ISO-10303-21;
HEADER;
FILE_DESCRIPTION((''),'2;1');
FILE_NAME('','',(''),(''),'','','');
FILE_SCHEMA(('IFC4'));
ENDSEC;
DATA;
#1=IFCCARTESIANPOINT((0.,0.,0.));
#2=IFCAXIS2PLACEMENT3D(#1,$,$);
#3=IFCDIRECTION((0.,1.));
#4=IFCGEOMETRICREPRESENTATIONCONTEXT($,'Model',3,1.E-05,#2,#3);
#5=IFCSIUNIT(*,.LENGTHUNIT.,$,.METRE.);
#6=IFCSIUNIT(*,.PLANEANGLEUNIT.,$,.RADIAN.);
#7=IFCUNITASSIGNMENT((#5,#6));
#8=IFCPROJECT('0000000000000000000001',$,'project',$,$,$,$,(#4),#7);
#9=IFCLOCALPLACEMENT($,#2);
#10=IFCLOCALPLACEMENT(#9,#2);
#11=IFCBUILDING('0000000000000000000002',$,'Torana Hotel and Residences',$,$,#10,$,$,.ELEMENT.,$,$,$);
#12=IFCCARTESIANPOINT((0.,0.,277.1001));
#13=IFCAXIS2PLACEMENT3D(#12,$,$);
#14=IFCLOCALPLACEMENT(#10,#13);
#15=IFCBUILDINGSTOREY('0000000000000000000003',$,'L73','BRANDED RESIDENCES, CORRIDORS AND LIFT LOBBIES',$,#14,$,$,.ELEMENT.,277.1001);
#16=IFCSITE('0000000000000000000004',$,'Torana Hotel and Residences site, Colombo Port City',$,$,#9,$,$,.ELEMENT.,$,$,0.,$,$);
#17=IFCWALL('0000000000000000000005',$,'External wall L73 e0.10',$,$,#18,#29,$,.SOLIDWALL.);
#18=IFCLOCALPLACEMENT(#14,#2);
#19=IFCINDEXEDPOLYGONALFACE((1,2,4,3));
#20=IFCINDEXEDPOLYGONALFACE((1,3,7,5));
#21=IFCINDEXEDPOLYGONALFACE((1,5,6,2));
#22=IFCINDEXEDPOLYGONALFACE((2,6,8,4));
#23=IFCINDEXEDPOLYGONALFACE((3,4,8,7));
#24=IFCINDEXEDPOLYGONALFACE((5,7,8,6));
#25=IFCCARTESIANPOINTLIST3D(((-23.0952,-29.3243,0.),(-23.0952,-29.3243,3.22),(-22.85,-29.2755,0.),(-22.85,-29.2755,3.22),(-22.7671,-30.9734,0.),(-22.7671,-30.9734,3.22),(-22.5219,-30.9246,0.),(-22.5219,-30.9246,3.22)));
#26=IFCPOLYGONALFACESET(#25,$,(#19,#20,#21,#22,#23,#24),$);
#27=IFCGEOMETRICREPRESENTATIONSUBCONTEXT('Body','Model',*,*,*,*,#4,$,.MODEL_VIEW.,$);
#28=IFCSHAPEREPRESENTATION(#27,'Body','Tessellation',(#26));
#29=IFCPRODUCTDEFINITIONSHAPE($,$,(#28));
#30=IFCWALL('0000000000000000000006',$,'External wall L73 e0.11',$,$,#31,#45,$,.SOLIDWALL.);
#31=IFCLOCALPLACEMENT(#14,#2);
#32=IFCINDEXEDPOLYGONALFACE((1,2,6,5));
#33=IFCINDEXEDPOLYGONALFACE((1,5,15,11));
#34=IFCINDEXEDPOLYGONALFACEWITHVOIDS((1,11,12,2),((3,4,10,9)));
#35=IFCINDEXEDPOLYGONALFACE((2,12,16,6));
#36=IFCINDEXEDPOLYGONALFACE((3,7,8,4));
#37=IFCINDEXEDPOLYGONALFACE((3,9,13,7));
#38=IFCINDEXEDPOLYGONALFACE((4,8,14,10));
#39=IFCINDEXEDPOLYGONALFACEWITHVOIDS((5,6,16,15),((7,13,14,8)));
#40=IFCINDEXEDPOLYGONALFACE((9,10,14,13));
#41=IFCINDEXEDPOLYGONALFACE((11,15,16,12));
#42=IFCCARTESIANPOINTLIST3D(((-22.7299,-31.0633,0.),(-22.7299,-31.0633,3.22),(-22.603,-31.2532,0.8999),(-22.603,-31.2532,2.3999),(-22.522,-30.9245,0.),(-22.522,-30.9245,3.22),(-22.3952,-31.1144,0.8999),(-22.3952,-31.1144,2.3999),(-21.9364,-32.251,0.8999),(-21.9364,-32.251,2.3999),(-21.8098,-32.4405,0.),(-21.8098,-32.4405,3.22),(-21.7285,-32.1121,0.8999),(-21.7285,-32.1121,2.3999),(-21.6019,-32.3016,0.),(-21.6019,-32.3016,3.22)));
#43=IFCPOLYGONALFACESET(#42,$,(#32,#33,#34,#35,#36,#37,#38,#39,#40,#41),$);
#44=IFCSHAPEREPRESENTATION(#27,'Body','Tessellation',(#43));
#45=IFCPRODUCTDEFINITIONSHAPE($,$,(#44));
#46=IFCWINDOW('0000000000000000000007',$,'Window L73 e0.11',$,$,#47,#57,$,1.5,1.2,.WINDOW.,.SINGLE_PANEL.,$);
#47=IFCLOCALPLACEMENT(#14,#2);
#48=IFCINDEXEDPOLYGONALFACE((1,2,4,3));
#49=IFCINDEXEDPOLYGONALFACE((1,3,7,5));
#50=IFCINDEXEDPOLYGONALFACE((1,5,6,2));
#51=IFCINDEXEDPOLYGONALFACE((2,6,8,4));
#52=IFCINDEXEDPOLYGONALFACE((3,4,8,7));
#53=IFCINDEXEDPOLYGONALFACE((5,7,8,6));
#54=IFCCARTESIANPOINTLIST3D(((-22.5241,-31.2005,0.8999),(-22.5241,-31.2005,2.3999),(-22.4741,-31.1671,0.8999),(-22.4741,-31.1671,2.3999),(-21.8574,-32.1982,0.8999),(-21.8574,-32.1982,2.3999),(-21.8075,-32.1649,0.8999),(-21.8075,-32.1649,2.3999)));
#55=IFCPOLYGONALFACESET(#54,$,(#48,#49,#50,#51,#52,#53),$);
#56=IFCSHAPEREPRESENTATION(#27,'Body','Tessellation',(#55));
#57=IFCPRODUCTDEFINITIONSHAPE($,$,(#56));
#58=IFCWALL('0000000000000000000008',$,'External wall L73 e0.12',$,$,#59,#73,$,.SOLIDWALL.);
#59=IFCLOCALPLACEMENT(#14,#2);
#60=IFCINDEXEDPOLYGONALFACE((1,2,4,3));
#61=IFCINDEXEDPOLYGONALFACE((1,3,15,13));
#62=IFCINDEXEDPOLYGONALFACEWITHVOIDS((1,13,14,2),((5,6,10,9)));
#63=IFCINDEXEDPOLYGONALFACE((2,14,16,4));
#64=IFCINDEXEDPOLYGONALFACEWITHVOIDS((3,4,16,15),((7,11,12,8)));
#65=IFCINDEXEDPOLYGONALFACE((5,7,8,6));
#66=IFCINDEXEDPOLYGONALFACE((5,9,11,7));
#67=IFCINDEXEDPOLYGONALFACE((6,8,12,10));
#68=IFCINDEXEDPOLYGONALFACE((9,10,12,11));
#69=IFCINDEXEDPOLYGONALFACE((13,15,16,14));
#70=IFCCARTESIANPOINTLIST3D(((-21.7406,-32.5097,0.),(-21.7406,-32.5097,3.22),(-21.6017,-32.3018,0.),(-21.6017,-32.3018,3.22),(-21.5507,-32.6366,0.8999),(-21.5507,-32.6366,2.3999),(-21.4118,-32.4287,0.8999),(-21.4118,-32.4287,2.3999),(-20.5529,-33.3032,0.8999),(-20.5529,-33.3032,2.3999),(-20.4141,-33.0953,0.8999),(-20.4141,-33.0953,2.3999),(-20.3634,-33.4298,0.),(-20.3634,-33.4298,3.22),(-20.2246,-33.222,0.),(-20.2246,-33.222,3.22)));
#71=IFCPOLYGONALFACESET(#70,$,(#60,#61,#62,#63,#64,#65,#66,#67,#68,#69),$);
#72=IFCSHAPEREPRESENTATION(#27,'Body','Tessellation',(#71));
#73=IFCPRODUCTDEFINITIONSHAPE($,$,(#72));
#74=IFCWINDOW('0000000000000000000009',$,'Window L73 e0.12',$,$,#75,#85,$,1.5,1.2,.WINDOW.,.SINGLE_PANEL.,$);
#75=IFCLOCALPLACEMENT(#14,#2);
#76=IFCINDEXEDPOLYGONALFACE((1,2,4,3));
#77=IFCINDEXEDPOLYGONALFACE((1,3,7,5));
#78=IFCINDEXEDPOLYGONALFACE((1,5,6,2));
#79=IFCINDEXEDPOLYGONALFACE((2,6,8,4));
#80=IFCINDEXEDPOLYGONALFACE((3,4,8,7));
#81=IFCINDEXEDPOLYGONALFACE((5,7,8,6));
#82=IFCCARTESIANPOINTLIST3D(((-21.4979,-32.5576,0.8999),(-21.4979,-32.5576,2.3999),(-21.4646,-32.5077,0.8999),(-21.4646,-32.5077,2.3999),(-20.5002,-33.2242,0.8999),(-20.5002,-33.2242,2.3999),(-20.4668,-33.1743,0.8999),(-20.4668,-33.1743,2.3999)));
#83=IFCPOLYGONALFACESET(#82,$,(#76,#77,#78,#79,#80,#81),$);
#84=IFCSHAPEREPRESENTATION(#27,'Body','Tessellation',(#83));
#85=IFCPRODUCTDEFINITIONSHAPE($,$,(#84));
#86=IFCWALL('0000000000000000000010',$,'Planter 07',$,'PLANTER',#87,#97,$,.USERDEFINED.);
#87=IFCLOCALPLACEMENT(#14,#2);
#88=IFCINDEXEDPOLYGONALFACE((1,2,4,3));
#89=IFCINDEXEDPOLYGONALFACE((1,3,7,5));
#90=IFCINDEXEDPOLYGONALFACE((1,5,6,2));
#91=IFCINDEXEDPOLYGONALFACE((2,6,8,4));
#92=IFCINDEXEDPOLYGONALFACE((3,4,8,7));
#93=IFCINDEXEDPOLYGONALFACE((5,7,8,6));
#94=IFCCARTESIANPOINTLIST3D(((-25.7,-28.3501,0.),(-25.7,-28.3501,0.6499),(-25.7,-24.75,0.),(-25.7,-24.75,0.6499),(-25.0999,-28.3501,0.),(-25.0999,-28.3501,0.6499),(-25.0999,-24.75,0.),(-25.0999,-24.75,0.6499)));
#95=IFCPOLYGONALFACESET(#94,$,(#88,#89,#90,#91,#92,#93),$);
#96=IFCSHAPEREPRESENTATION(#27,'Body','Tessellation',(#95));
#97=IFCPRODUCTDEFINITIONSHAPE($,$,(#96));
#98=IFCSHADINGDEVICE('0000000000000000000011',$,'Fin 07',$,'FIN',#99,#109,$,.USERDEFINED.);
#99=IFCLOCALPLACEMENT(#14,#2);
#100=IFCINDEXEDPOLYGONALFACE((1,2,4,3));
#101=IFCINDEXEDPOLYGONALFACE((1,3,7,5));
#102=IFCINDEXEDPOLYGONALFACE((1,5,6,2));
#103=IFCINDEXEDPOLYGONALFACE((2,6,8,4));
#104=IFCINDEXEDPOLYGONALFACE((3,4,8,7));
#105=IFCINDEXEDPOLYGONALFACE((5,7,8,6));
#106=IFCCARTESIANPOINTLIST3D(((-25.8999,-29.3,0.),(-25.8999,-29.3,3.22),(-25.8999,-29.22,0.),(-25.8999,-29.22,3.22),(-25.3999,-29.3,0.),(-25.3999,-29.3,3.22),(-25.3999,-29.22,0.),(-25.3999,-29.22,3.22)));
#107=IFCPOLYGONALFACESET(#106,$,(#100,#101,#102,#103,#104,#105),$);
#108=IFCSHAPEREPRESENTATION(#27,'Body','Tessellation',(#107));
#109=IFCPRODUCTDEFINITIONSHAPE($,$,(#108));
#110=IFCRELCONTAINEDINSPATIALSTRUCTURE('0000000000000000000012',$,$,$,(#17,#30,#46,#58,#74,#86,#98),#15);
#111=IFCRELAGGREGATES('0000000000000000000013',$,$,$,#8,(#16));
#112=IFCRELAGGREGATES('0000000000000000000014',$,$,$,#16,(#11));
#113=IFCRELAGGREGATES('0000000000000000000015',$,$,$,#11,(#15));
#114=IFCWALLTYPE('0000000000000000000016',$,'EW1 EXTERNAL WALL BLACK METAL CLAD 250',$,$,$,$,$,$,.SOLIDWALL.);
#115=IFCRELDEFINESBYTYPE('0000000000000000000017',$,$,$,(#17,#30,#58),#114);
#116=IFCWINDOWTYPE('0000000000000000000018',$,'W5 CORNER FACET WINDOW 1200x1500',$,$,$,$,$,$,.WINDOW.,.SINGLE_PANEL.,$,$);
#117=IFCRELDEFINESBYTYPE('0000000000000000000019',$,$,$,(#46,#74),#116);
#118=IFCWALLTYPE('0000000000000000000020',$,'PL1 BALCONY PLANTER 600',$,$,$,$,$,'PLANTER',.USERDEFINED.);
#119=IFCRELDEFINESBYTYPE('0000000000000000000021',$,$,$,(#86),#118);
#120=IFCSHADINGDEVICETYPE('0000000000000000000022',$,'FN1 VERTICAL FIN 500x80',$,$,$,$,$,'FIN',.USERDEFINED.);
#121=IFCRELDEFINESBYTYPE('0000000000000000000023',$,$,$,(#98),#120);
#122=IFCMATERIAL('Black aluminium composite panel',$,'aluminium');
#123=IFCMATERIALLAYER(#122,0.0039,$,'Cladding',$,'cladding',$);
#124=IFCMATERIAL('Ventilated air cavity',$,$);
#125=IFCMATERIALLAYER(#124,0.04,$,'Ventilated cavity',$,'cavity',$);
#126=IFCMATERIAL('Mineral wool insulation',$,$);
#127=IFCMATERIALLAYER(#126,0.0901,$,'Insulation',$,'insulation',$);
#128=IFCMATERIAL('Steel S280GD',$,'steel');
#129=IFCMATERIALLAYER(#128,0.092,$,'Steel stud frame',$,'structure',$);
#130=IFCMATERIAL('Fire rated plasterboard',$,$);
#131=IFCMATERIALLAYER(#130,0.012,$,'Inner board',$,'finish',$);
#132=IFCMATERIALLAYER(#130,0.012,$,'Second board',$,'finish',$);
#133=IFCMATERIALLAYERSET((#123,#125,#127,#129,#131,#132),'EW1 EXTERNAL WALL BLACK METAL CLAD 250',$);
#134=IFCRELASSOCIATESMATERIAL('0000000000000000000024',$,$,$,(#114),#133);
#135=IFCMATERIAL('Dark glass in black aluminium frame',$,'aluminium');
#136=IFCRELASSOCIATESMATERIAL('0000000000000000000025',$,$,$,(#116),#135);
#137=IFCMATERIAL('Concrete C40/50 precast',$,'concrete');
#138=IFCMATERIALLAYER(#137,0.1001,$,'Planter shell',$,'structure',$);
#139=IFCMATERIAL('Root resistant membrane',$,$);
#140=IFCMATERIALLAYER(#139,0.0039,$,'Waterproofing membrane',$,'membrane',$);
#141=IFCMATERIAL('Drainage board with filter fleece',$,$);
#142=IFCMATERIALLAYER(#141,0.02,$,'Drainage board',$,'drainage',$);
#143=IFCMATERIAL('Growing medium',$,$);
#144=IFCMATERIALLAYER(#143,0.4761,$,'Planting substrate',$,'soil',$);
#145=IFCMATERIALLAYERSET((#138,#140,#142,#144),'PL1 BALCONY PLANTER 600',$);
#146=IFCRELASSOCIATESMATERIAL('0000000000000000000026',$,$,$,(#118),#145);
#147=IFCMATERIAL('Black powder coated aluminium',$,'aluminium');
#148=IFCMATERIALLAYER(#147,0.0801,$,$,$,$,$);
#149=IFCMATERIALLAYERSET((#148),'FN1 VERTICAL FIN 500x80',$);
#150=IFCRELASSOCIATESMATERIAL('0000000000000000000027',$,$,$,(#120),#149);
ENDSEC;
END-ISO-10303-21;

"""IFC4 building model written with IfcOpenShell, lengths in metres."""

from ifc_helpers import new_model, si_unit, direction, frame, frame_2d, origin, origin_2d, place, context, subcontext, project, spatial, rectangle, extrude, material, layer, layer_set, type_object, element, fill, save


model = new_model("IFC4")

# Units and contexts
model_context = context("Model", 3, precision=1e-05, world=origin(), true_north=direction((0.0, 1.0)))
body_context = subcontext(model_context, "Body", "Model", "MODEL_VIEW")
ifc_project = project(units=[si_unit("LENGTHUNIT", "METRE"), si_unit("PLANEANGLEUNIT", "RADIAN")], contexts=[model_context])

# Site, building, storey
site_placement = place(None, origin())
site = spatial("IfcSite", under=ifc_project, at=site_placement, Name="Torana Hotel and Residences site, Colombo Port City", CompositionType="ELEMENT", RefElevation=0.0)
building_placement = place(site_placement, origin())
building = spatial("IfcBuilding", under=site, at=building_placement, Name="Torana Hotel and Residences", CompositionType="ELEMENT")
storey_placement = place(building_placement, frame((0.0, 0.0, 277.1001)))
storey = spatial("IfcBuildingStorey", under=building, at=storey_placement, Name="L73", Description="BRANDED RESIDENCES, CORRIDORS AND LIFT LOBBIES", CompositionType="ELEMENT", Elevation=277.1001)

# Wall
ifc_material_1 = material(Name="Black aluminium composite panel", Category="aluminium")
ifc_layer_1 = layer(ifc_material_1, 0.0039, Name="Cladding", Category="cladding")
ifc_material_2 = material(Name="Ventilated air cavity")
ifc_layer_2 = layer(ifc_material_2, 0.04, Name="Ventilated cavity", Category="cavity")
ifc_material_3 = material(Name="Mineral wool insulation")
ifc_layer_3 = layer(ifc_material_3, 0.0901, Name="Insulation", Category="insulation")
ifc_material_4 = material(Name="Steel S280GD", Category="steel")
ifc_layer_4 = layer(ifc_material_4, 0.092, Name="Steel stud frame", Category="structure")
ifc_material_5 = material(Name="Fire rated plasterboard")
ifc_layer_5 = layer(ifc_material_5, 0.012, Name="Inner board", Category="finish")
ifc_layer_6 = layer(ifc_material_5, 0.012, Name="Second board", Category="finish")
ifc_layer_set_1 = layer_set([ifc_layer_1, ifc_layer_2, ifc_layer_3, ifc_layer_4, ifc_layer_5, ifc_layer_6], Name="EW1 EXTERNAL WALL BLACK METAL CLAD 250")
wall_type_1 = type_object("IfcWallType", Name="EW1 EXTERNAL WALL BLACK METAL CLAD 250", PredefinedType="SOLIDWALL", material=ifc_layer_set_1)
wall_1_placement = place(storey_placement, frame((-22.9727, -29.2998, 0.0), z_axis=(0.0, 0.0, 1.0), x_axis=(0.195139, -0.980776, 0.0)))
element("IfcWall", 1, at=wall_1_placement, inside=storey, type_object=wall_type_1, Name="External wall L73 e0.10", PredefinedType="SOLIDWALL", context=body_context, shape_type="SweptSolid", body=[
    extrude(rectangle(XDim=1.6814, YDim=0.25, at=frame_2d((0.8408, 0.0))), origin(), (0.0, 0.0, 1.0), 3.22),
])

# Walls, openings, windows
wall_2_placement = place(storey_placement, frame((-22.626, -30.9939, 0.0), z_axis=(0.0, 0.0, 1.0), x_axis=(0.55555, -0.831483, 0.0)))
wall_2 = element("IfcWall", 2, at=wall_2_placement, inside=storey, type_object=wall_type_1, Name="External wall L73 e0.11", PredefinedType="SOLIDWALL", context=body_context, shape_type="SweptSolid", body=[
    extrude(rectangle(XDim=1.6562, YDim=0.25, at=frame_2d((0.8281, 0.0))), origin(), (0.0, 0.0, 1.0), 3.22),
])
opening_1_placement = place(wall_2_placement, frame((0.2283, 0.0, 0.8999)))
opening_1 = element("IfcOpeningElement", 3, at=opening_1_placement, cuts=wall_2, PredefinedType="OPENING", context=body_context, shape_type="SweptSolid", body=[
    extrude(rectangle(XDim=1.2, YDim=1.5, at=frame_2d((0.6001, 0.75))), frame((0.0, 0.135, 0.0), z_axis=(0.0, -1.0, 0.0), x_axis=(1.0, 0.0, 0.0)), (0.0, 0.0, 1.0), 0.27),
])
ifc_material_6 = material(Name="Dark glass in black aluminium frame", Category="aluminium")
window_type = type_object("IfcWindowType", Name="W5 CORNER FACET WINDOW 1200x1500", PartitioningType="SINGLE_PANEL", PredefinedType="WINDOW", material=ifc_material_6)
window_1_placement = place(opening_1_placement, origin())
window_1 = element("IfcWindow", 4, at=window_1_placement, inside=storey, type_object=window_type, Name="Window L73 e0.11", OverallHeight=1.5, OverallWidth=1.2, PartitioningType="SINGLE_PANEL", PredefinedType="WINDOW", context=body_context, shape_type="SweptSolid", body=[
    extrude(rectangle(XDim=1.2, YDim=1.5, at=frame_2d((0.6001, 0.75))), frame((0.0, 0.03, 0.0), z_axis=(0.0, -1.0, 0.0), x_axis=(1.0, 0.0, 0.0)), (0.0, 0.0, 1.0), 0.0601),
])
fill(opening_1, window_1)
wall_3_placement = place(storey_placement, frame((-21.6711, -32.4058, 0.0), z_axis=(0.0, 0.0, 1.0), x_axis=(0.831483, -0.55555, 0.0)))
wall_3 = element("IfcWall", 5, at=wall_3_placement, inside=storey, type_object=wall_type_1, Name="External wall L73 e0.12", PredefinedType="SOLIDWALL", context=body_context, shape_type="SweptSolid", body=[
    extrude(rectangle(XDim=1.6562, YDim=0.25, at=frame_2d((0.8281, 0.0))), origin(), (0.0, 0.0, 1.0), 3.22),
])
opening_2_placement = place(wall_3_placement, frame((0.2283, 0.0, 0.8999)))
opening_2 = element("IfcOpeningElement", 6, at=opening_2_placement, cuts=wall_3, PredefinedType="OPENING", context=body_context, shape_type="SweptSolid", body=[
    extrude(rectangle(XDim=1.2, YDim=1.5, at=frame_2d((0.6001, 0.75))), frame((0.0, 0.135, 0.0), z_axis=(0.0, -1.0, 0.0), x_axis=(1.0, 0.0, 0.0)), (0.0, 0.0, 1.0), 0.27),
])
window_2_placement = place(opening_2_placement, origin())
window_2 = element("IfcWindow", 7, at=window_2_placement, inside=storey, type_object=window_type, Name="Window L73 e0.12", OverallHeight=1.5, OverallWidth=1.2, PartitioningType="SINGLE_PANEL", PredefinedType="WINDOW", context=body_context, shape_type="SweptSolid", body=[
    extrude(rectangle(XDim=1.2, YDim=1.5, at=frame_2d((0.6001, 0.75))), frame((0.0, 0.03, 0.0), z_axis=(0.0, -1.0, 0.0), x_axis=(1.0, 0.0, 0.0)), (0.0, 0.0, 1.0), 0.0601),
])
fill(opening_2, window_2)

# Wall
ifc_material_7 = material(Name="Concrete C40/50 precast", Category="concrete")
ifc_layer_7 = layer(ifc_material_7, 0.1001, Name="Planter shell", Category="structure")
ifc_material_8 = material(Name="Root resistant membrane")
ifc_layer_8 = layer(ifc_material_8, 0.0039, Name="Waterproofing membrane", Category="membrane")
ifc_material_9 = material(Name="Drainage board with filter fleece")
ifc_layer_9 = layer(ifc_material_9, 0.02, Name="Drainage board", Category="drainage")
ifc_material_10 = material(Name="Growing medium")
ifc_layer_10 = layer(ifc_material_10, 0.4761, Name="Planting substrate", Category="soil")
ifc_layer_set_2 = layer_set([ifc_layer_7, ifc_layer_8, ifc_layer_9, ifc_layer_10], Name="PL1 BALCONY PLANTER 600")
wall_type_2 = type_object("IfcWallType", Name="PL1 BALCONY PLANTER 600", ElementType="PLANTER", PredefinedType="USERDEFINED", material=ifc_layer_set_2)
wall_4_placement = place(storey_placement, frame((-25.3999, -28.3501, 0.0), z_axis=(0.0, 0.0, 1.0), x_axis=(0.0, 1.0, 0.0)))
element("IfcWall", 8, at=wall_4_placement, inside=storey, type_object=wall_type_2, Name="Planter 07", ObjectType="PLANTER", PredefinedType="USERDEFINED", context=body_context, shape_type="SweptSolid", body=[
    extrude(rectangle(XDim=3.6001, YDim=0.6001, at=frame_2d((1.8, 0.0))), origin(), (0.0, 0.0, 1.0), 0.6499),
])

# Shading device
ifc_material_11 = material(Name="Black powder coated aluminium", Category="aluminium")
ifc_layer_11 = layer(ifc_material_11, 0.0801)
ifc_layer_set_3 = layer_set([ifc_layer_11], Name="FN1 VERTICAL FIN 500x80")
shading_device_type = type_object("IfcShadingDeviceType", Name="FN1 VERTICAL FIN 500x80", ElementType="FIN", PredefinedType="USERDEFINED", material=ifc_layer_set_3)
shading_device_placement = place(storey_placement, frame((-25.6499, -29.26, 0.0), z_axis=(0.0, 0.0, 1.0), x_axis=(0.0, 1.0, 0.0)))
element("IfcShadingDevice", 9, at=shading_device_placement, inside=storey, type_object=shading_device_type, Name="Fin 07", ObjectType="FIN", PredefinedType="USERDEFINED", context=body_context, shape_type="SweptSolid", body=[
    extrude(rectangle(XDim=0.0801, YDim=0.5, at=origin_2d()), origin(), (0.0, 0.0, 1.0), 3.22),
])

save(model, "model.ifc")
